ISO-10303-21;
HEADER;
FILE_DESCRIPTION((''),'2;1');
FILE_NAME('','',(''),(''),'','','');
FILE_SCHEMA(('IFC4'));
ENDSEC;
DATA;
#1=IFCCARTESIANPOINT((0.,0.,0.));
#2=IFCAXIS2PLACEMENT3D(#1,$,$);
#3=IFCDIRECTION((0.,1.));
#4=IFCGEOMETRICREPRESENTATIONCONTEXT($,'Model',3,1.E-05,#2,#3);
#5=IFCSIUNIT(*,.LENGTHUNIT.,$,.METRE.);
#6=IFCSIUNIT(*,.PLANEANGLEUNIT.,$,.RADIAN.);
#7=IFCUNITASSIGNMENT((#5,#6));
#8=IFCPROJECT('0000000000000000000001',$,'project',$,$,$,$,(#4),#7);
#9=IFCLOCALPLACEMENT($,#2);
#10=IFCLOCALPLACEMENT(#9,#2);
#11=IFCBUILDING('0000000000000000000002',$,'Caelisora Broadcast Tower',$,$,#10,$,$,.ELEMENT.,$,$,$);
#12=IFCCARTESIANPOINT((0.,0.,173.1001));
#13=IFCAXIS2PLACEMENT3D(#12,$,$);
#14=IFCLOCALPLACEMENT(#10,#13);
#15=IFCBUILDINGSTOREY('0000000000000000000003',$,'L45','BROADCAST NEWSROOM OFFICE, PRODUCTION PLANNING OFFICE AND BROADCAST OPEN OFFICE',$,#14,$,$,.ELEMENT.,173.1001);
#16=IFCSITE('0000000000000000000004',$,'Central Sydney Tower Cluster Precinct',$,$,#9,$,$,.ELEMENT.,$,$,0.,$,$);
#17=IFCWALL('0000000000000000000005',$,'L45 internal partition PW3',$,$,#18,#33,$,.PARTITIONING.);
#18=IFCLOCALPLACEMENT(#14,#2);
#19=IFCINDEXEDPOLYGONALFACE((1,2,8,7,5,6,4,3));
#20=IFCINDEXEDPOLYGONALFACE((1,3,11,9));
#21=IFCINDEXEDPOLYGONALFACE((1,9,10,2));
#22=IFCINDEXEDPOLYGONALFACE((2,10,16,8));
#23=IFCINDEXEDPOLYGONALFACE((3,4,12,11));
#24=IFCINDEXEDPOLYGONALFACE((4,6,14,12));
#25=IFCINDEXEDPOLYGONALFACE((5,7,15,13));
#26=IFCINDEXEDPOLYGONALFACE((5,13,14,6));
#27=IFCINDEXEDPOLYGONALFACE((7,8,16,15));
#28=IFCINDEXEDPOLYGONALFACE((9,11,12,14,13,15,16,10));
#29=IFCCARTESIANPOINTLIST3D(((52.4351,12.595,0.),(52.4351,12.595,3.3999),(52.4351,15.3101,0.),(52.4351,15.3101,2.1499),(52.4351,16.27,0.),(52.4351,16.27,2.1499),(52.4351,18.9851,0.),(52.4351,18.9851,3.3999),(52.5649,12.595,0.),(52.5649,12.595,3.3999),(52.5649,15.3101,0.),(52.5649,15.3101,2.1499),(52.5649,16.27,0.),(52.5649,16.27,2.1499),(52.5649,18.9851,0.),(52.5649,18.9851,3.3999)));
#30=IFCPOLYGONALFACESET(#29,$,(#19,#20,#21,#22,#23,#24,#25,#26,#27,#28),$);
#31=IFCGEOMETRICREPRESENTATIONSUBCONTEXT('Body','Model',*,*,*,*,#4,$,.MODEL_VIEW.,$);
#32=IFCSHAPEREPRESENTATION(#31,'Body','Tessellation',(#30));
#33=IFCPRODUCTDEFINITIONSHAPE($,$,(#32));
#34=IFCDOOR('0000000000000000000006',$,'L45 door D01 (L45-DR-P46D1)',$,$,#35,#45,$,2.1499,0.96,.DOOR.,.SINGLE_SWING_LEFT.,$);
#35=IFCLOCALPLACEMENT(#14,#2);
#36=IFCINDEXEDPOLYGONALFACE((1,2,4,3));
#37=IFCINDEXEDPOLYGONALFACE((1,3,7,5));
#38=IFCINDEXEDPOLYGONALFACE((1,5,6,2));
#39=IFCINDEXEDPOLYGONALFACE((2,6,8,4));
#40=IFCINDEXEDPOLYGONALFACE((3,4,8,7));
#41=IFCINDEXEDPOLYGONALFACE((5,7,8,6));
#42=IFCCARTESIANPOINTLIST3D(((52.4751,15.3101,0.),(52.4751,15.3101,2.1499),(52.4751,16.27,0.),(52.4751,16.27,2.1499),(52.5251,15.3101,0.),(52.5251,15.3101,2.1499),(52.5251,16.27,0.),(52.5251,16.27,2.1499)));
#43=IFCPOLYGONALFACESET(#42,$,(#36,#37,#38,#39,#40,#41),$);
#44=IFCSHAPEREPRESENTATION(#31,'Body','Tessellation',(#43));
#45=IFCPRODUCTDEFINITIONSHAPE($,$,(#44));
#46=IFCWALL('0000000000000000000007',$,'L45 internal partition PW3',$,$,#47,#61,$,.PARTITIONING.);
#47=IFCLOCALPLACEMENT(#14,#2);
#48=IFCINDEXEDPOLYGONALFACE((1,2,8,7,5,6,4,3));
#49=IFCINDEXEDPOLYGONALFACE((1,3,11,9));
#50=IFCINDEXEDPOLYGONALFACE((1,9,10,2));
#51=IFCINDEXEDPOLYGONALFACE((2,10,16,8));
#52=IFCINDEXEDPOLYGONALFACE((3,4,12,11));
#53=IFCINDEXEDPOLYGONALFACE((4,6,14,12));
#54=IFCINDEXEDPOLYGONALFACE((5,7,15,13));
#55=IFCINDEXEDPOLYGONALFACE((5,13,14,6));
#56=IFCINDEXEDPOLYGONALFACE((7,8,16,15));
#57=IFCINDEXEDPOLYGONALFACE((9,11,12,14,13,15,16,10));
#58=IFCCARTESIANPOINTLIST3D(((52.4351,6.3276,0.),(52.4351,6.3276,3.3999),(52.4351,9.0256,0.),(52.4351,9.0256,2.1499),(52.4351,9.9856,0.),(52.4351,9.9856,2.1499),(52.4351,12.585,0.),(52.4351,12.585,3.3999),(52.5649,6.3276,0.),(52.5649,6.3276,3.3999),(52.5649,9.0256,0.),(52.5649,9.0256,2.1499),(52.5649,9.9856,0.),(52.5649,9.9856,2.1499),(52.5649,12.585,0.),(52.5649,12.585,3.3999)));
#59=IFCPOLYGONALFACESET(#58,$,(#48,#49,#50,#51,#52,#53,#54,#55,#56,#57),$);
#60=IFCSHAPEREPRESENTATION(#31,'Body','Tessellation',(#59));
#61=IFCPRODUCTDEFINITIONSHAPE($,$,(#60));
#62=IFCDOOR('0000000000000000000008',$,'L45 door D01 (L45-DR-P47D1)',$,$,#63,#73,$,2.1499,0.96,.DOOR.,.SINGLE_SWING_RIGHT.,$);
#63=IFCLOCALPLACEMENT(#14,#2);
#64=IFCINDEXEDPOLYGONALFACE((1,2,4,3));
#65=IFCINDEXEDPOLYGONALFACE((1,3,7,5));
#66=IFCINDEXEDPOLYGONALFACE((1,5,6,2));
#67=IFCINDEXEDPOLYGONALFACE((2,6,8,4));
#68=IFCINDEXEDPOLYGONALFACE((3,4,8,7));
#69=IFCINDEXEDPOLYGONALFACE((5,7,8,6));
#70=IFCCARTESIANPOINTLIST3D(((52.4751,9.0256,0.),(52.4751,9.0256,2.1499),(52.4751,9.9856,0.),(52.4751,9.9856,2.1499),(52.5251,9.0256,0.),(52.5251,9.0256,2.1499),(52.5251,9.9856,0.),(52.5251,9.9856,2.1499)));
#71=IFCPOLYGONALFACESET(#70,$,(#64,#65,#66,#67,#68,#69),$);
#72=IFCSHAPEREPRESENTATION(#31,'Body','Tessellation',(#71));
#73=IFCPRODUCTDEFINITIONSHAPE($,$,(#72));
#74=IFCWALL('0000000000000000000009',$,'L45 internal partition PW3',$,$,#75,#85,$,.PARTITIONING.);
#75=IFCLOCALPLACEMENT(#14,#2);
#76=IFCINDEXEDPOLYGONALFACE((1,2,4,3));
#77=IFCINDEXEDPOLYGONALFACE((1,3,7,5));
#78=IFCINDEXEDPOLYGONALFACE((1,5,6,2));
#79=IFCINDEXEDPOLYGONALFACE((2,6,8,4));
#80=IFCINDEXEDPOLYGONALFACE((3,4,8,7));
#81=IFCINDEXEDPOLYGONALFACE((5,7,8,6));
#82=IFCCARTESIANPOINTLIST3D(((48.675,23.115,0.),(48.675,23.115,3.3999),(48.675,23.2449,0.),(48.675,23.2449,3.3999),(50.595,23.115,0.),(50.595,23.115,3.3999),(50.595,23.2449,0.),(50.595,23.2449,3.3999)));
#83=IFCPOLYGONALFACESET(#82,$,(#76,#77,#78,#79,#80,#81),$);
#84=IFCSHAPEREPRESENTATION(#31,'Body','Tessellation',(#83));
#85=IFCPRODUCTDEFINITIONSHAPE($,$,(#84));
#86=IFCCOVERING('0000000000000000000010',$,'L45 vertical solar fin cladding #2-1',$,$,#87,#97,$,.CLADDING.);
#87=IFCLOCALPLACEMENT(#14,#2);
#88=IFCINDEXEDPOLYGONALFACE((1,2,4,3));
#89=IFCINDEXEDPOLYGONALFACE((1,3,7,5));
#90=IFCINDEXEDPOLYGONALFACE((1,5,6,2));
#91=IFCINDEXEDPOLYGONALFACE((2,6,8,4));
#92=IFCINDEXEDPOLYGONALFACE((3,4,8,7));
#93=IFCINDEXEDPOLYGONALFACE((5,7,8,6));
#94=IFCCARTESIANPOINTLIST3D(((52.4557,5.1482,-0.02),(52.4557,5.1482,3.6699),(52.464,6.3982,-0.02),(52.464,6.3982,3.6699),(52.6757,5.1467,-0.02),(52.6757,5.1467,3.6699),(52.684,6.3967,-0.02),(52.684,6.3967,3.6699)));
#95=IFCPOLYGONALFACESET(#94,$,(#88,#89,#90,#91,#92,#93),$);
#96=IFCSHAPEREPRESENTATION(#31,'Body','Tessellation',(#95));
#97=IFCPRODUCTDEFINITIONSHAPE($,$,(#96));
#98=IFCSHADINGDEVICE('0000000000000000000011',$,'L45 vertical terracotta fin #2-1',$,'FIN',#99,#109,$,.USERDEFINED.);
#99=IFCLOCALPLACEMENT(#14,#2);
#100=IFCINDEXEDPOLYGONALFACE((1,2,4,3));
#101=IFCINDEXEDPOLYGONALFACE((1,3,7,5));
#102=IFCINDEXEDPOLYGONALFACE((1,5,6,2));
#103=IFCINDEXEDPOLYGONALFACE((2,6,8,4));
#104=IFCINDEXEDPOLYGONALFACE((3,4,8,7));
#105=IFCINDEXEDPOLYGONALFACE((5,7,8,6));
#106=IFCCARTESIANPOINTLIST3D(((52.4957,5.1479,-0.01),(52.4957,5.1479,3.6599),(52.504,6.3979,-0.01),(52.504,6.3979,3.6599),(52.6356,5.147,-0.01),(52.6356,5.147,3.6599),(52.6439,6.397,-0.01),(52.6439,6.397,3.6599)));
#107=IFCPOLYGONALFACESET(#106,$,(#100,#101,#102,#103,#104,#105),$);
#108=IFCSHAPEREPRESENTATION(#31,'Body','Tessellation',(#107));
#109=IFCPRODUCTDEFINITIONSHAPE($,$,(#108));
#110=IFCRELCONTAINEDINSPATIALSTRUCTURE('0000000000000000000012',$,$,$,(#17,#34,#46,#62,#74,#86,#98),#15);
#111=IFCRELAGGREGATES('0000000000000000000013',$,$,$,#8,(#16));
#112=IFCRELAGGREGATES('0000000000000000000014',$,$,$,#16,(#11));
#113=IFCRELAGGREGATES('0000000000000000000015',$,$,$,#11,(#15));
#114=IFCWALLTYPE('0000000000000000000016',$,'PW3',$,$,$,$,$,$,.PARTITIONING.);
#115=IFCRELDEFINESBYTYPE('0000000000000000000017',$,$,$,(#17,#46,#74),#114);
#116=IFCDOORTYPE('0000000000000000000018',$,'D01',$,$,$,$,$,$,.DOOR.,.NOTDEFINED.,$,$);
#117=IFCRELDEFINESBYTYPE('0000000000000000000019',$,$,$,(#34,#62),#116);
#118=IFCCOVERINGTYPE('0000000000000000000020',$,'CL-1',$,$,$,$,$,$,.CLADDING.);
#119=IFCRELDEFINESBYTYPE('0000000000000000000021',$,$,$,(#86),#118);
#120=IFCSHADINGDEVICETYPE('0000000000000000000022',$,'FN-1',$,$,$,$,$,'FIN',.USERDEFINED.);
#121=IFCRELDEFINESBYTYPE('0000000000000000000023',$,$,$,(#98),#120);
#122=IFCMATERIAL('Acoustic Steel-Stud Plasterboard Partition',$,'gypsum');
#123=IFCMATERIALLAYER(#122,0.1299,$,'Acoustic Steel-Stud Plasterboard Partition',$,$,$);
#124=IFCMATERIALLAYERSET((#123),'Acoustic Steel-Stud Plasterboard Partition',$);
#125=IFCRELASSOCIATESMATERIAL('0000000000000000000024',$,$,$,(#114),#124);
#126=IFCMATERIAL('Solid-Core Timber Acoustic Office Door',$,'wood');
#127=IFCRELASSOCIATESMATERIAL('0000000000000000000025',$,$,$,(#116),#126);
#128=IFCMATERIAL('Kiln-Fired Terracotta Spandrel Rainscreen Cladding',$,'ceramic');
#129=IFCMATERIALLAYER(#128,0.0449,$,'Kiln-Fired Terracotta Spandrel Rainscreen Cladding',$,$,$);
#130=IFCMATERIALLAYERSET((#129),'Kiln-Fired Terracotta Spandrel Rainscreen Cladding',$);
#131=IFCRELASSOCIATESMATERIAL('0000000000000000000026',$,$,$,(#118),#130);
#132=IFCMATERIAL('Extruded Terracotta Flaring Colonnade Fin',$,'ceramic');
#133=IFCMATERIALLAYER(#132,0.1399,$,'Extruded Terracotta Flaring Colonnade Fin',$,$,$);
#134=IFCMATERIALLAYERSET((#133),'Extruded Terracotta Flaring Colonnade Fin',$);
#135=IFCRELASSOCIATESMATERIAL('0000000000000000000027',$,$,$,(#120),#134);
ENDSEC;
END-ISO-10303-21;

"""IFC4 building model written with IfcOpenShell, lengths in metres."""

from ifc_helpers import new_model, si_unit, direction, frame, frame_2d, origin, origin_2d, place, context, subcontext, project, spatial, rectangle, extrude, source, transform, mapped, material, layer, layer_set, type_object, type_shapes, element, fill, save


model = new_model("IFC4")

# Units and contexts
model_context = context("Model", 3, precision=1e-05, world=origin(), true_north=direction((0.0, 1.0)))
body_context = subcontext(model_context, "Body", "Model", "MODEL_VIEW")
ifc_project = project(units=[si_unit("LENGTHUNIT", "METRE"), si_unit("PLANEANGLEUNIT", "RADIAN")], contexts=[model_context])

# Site, building, storey
site_placement = place(None, origin())
site = spatial("IfcSite", under=ifc_project, at=site_placement, Name="Central Sydney Tower Cluster Precinct", CompositionType="ELEMENT", RefElevation=0.0)
building_placement = place(site_placement, origin())
building = spatial("IfcBuilding", under=site, at=building_placement, Name="Caelisora Broadcast Tower", CompositionType="ELEMENT")
storey_placement = place(building_placement, frame((0.0, 0.0, 173.1001)))
storey = spatial("IfcBuildingStorey", under=building, at=storey_placement, Name="L45", Description="BROADCAST NEWSROOM OFFICE, PRODUCTION PLANNING OFFICE AND BROADCAST OPEN OFFICE", CompositionType="ELEMENT", Elevation=173.1001)

# Shared definitions
ifc_material_1 = material(Name="Acoustic Steel-Stud Plasterboard Partition", Category="gypsum")
ifc_layer_1 = layer(ifc_material_1, 0.1299, Name="Acoustic Steel-Stud Plasterboard Partition")
ifc_layer_set_1 = layer_set([ifc_layer_1], Name="Acoustic Steel-Stud Plasterboard Partition")
wall_type_1 = type_object("IfcWallType", Name="PW3", PredefinedType="PARTITIONING", material=ifc_layer_set_1)

# Walls, openings, doors
ifc_material_2 = material(Name="Solid-Core Timber Acoustic Office Door", Category="wood")
door_type_1 = type_object("IfcDoorType", Name="D01", OperationType="NOTDEFINED", PredefinedType="DOOR", material=ifc_material_2)
wall_1_placement = place(storey_placement, frame((52.5, 12.595, 0.0), z_axis=(0.0, 0.0, 1.0), x_axis=(0.0, 1.0, 0.0)))
wall_1 = element("IfcWall", 1, at=wall_1_placement, inside=storey, type_object=wall_type_1, Name="L45 internal partition PW3", PredefinedType="PARTITIONING", context=body_context, shape_type="SweptSolid", body=[
    extrude(rectangle(XDim=6.3901, YDim=0.1299, at=frame_2d((3.1951, 0.0))), origin(), (0.0, 0.0, 1.0), 3.3999),
])
opening_1_placement = place(wall_1_placement, frame((2.7151, 0.0, 0.0)))
opening_1 = element("IfcOpeningElement", 2, at=opening_1_placement, cuts=wall_1, PredefinedType="OPENING", context=body_context, shape_type="SweptSolid", body=[
    extrude(rectangle(XDim=0.96, YDim=2.1499, at=frame_2d((0.48, 1.075))), frame((0.0, 0.0769, 0.0), z_axis=(0.0, -1.0, 0.0), x_axis=(1.0, 0.0, 0.0)), (0.0, 0.0, 1.0), 0.1538),
])
door_1_placement = place(opening_1_placement, origin())
door_1 = element("IfcDoor", 3, at=door_1_placement, inside=storey, type_object=door_type_1, Name="L45 door D01 (L45-DR-P46D1)", OperationType="SINGLE_SWING_LEFT", OverallHeight=2.1499, OverallWidth=0.96, PredefinedType="DOOR", context=body_context, shape_type="SweptSolid", body=[
    extrude(rectangle(XDim=0.96, YDim=2.1499, at=frame_2d((0.48, 1.075))), frame((0.0, 0.0249, 0.0), z_axis=(0.0, -1.0, 0.0), x_axis=(1.0, 0.0, 0.0)), (0.0, 0.0, 1.0), 0.05),
])
fill(opening_1, door_1)
wall_2_placement = place(storey_placement, frame((52.5, 6.3276, 0.0), z_axis=(0.0, 0.0, 1.0), x_axis=(0.0, 1.0, 0.0)))
wall_2 = element("IfcWall", 4, at=wall_2_placement, inside=storey, type_object=wall_type_1, Name="L45 internal partition PW3", PredefinedType="PARTITIONING", context=body_context, shape_type="SweptSolid", body=[
    extrude(rectangle(XDim=6.2573, YDim=0.1299, at=frame_2d((3.1287, 0.0))), origin(), (0.0, 0.0, 1.0), 3.3999),
])
opening_2_placement = place(wall_2_placement, frame((2.698, 0.0, 0.0)))
opening_2 = element("IfcOpeningElement", 5, at=opening_2_placement, cuts=wall_2, PredefinedType="OPENING", context=body_context, shape_type="SweptSolid", body=[
    extrude(rectangle(XDim=0.96, YDim=2.1499, at=frame_2d((0.48, 1.075))), frame((0.0, 0.0769, 0.0), z_axis=(0.0, -1.0, 0.0), x_axis=(1.0, 0.0, 0.0)), (0.0, 0.0, 1.0), 0.1538),
])
door_2_placement = place(opening_2_placement, origin())
door_2 = element("IfcDoor", 6, at=door_2_placement, inside=storey, type_object=door_type_1, Name="L45 door D01 (L45-DR-P47D1)", OperationType="SINGLE_SWING_RIGHT", OverallHeight=2.1499, OverallWidth=0.96, PredefinedType="DOOR", context=body_context, shape_type="SweptSolid", body=[
    extrude(rectangle(XDim=0.96, YDim=2.1499, at=frame_2d((0.48, 1.075))), frame((0.0, 0.0249, 0.0), z_axis=(0.0, -1.0, 0.0), x_axis=(1.0, 0.0, 0.0)), (0.0, 0.0, 1.0), 0.05),
])
fill(opening_2, door_2)

# Wall
wall_3_placement = place(storey_placement, frame((48.675, 23.1799, 0.0), z_axis=(0.0, 0.0, 1.0), x_axis=(1.0, 0.0, 0.0)))
element("IfcWall", 7, at=wall_3_placement, inside=storey, type_object=wall_type_1, Name="L45 internal partition PW3", PredefinedType="PARTITIONING", context=body_context, shape_type="SweptSolid", body=[
    extrude(rectangle(XDim=1.9199, YDim=0.1299, at=frame_2d((0.96, 0.0))), origin(), (0.0, 0.0, 1.0), 3.3999),
])

# Covering
ifc_material_3 = material(Name="Kiln-Fired Terracotta Spandrel Rainscreen Cladding", Category="ceramic")
ifc_layer_2 = layer(ifc_material_3, 0.0449, Name="Kiln-Fired Terracotta Spandrel Rainscreen Cladding")
ifc_layer_set_2 = layer_set([ifc_layer_2], Name="Kiln-Fired Terracotta Spandrel Rainscreen Cladding")
covering_type = type_object("IfcCoveringType", Name="CL-1", PredefinedType="CLADDING", material=ifc_layer_set_2)
shared_shape_1 = source(origin(), body_context, "Body", "SweptSolid", [
    extrude(rectangle(XDim=0.22, YDim=1.25, at=origin_2d()), origin(), (0.0, 0.0, 1.0), 3.6899),
])
type_shapes(covering_type, [shared_shape_1])
covering_placement = place(storey_placement, frame((52.5698, 5.7725, -0.02), z_axis=(0.0, 0.0, 1.0), x_axis=(-0.999978, 0.006632, 0.0)))
element("IfcCovering", 8, at=covering_placement, inside=storey, type_object=covering_type, Name="L45 vertical solar fin cladding #2-1", PredefinedType="CLADDING", context=body_context, shape_type="MappedRepresentation", body=[
    mapped(shared_shape_1, transform((0.0, 0.0, 0.0), scale=1.0)),
])

# Shading device
ifc_material_4 = material(Name="Extruded Terracotta Flaring Colonnade Fin", Category="ceramic")
ifc_layer_3 = layer(ifc_material_4, 0.1399, Name="Extruded Terracotta Flaring Colonnade Fin")
ifc_layer_set_3 = layer_set([ifc_layer_3], Name="Extruded Terracotta Flaring Colonnade Fin")
shading_device_type = type_object("IfcShadingDeviceType", Name="FN-1", ElementType="FIN", PredefinedType="USERDEFINED", material=ifc_layer_set_3)
shared_shape_2 = source(origin(), body_context, "Body", "SweptSolid", [
    extrude(rectangle(XDim=0.1399, YDim=1.25, at=origin_2d()), origin(), (0.0, 0.0, 1.0), 3.6699),
])
type_shapes(shading_device_type, [shared_shape_2])
shading_device_placement = place(storey_placement, frame((52.5698, 5.7725, -0.01), z_axis=(0.0, 0.0, 1.0), x_axis=(-0.999978, 0.006632, 0.0)))
element("IfcShadingDevice", 9, at=shading_device_placement, inside=storey, type_object=shading_device_type, Name="L45 vertical terracotta fin #2-1", ObjectType="FIN", PredefinedType="USERDEFINED", context=body_context, shape_type="MappedRepresentation", body=[
    mapped(shared_shape_2, transform((0.0, 0.0, 0.0), scale=1.0)),
])

save(model, "model.ifc")
